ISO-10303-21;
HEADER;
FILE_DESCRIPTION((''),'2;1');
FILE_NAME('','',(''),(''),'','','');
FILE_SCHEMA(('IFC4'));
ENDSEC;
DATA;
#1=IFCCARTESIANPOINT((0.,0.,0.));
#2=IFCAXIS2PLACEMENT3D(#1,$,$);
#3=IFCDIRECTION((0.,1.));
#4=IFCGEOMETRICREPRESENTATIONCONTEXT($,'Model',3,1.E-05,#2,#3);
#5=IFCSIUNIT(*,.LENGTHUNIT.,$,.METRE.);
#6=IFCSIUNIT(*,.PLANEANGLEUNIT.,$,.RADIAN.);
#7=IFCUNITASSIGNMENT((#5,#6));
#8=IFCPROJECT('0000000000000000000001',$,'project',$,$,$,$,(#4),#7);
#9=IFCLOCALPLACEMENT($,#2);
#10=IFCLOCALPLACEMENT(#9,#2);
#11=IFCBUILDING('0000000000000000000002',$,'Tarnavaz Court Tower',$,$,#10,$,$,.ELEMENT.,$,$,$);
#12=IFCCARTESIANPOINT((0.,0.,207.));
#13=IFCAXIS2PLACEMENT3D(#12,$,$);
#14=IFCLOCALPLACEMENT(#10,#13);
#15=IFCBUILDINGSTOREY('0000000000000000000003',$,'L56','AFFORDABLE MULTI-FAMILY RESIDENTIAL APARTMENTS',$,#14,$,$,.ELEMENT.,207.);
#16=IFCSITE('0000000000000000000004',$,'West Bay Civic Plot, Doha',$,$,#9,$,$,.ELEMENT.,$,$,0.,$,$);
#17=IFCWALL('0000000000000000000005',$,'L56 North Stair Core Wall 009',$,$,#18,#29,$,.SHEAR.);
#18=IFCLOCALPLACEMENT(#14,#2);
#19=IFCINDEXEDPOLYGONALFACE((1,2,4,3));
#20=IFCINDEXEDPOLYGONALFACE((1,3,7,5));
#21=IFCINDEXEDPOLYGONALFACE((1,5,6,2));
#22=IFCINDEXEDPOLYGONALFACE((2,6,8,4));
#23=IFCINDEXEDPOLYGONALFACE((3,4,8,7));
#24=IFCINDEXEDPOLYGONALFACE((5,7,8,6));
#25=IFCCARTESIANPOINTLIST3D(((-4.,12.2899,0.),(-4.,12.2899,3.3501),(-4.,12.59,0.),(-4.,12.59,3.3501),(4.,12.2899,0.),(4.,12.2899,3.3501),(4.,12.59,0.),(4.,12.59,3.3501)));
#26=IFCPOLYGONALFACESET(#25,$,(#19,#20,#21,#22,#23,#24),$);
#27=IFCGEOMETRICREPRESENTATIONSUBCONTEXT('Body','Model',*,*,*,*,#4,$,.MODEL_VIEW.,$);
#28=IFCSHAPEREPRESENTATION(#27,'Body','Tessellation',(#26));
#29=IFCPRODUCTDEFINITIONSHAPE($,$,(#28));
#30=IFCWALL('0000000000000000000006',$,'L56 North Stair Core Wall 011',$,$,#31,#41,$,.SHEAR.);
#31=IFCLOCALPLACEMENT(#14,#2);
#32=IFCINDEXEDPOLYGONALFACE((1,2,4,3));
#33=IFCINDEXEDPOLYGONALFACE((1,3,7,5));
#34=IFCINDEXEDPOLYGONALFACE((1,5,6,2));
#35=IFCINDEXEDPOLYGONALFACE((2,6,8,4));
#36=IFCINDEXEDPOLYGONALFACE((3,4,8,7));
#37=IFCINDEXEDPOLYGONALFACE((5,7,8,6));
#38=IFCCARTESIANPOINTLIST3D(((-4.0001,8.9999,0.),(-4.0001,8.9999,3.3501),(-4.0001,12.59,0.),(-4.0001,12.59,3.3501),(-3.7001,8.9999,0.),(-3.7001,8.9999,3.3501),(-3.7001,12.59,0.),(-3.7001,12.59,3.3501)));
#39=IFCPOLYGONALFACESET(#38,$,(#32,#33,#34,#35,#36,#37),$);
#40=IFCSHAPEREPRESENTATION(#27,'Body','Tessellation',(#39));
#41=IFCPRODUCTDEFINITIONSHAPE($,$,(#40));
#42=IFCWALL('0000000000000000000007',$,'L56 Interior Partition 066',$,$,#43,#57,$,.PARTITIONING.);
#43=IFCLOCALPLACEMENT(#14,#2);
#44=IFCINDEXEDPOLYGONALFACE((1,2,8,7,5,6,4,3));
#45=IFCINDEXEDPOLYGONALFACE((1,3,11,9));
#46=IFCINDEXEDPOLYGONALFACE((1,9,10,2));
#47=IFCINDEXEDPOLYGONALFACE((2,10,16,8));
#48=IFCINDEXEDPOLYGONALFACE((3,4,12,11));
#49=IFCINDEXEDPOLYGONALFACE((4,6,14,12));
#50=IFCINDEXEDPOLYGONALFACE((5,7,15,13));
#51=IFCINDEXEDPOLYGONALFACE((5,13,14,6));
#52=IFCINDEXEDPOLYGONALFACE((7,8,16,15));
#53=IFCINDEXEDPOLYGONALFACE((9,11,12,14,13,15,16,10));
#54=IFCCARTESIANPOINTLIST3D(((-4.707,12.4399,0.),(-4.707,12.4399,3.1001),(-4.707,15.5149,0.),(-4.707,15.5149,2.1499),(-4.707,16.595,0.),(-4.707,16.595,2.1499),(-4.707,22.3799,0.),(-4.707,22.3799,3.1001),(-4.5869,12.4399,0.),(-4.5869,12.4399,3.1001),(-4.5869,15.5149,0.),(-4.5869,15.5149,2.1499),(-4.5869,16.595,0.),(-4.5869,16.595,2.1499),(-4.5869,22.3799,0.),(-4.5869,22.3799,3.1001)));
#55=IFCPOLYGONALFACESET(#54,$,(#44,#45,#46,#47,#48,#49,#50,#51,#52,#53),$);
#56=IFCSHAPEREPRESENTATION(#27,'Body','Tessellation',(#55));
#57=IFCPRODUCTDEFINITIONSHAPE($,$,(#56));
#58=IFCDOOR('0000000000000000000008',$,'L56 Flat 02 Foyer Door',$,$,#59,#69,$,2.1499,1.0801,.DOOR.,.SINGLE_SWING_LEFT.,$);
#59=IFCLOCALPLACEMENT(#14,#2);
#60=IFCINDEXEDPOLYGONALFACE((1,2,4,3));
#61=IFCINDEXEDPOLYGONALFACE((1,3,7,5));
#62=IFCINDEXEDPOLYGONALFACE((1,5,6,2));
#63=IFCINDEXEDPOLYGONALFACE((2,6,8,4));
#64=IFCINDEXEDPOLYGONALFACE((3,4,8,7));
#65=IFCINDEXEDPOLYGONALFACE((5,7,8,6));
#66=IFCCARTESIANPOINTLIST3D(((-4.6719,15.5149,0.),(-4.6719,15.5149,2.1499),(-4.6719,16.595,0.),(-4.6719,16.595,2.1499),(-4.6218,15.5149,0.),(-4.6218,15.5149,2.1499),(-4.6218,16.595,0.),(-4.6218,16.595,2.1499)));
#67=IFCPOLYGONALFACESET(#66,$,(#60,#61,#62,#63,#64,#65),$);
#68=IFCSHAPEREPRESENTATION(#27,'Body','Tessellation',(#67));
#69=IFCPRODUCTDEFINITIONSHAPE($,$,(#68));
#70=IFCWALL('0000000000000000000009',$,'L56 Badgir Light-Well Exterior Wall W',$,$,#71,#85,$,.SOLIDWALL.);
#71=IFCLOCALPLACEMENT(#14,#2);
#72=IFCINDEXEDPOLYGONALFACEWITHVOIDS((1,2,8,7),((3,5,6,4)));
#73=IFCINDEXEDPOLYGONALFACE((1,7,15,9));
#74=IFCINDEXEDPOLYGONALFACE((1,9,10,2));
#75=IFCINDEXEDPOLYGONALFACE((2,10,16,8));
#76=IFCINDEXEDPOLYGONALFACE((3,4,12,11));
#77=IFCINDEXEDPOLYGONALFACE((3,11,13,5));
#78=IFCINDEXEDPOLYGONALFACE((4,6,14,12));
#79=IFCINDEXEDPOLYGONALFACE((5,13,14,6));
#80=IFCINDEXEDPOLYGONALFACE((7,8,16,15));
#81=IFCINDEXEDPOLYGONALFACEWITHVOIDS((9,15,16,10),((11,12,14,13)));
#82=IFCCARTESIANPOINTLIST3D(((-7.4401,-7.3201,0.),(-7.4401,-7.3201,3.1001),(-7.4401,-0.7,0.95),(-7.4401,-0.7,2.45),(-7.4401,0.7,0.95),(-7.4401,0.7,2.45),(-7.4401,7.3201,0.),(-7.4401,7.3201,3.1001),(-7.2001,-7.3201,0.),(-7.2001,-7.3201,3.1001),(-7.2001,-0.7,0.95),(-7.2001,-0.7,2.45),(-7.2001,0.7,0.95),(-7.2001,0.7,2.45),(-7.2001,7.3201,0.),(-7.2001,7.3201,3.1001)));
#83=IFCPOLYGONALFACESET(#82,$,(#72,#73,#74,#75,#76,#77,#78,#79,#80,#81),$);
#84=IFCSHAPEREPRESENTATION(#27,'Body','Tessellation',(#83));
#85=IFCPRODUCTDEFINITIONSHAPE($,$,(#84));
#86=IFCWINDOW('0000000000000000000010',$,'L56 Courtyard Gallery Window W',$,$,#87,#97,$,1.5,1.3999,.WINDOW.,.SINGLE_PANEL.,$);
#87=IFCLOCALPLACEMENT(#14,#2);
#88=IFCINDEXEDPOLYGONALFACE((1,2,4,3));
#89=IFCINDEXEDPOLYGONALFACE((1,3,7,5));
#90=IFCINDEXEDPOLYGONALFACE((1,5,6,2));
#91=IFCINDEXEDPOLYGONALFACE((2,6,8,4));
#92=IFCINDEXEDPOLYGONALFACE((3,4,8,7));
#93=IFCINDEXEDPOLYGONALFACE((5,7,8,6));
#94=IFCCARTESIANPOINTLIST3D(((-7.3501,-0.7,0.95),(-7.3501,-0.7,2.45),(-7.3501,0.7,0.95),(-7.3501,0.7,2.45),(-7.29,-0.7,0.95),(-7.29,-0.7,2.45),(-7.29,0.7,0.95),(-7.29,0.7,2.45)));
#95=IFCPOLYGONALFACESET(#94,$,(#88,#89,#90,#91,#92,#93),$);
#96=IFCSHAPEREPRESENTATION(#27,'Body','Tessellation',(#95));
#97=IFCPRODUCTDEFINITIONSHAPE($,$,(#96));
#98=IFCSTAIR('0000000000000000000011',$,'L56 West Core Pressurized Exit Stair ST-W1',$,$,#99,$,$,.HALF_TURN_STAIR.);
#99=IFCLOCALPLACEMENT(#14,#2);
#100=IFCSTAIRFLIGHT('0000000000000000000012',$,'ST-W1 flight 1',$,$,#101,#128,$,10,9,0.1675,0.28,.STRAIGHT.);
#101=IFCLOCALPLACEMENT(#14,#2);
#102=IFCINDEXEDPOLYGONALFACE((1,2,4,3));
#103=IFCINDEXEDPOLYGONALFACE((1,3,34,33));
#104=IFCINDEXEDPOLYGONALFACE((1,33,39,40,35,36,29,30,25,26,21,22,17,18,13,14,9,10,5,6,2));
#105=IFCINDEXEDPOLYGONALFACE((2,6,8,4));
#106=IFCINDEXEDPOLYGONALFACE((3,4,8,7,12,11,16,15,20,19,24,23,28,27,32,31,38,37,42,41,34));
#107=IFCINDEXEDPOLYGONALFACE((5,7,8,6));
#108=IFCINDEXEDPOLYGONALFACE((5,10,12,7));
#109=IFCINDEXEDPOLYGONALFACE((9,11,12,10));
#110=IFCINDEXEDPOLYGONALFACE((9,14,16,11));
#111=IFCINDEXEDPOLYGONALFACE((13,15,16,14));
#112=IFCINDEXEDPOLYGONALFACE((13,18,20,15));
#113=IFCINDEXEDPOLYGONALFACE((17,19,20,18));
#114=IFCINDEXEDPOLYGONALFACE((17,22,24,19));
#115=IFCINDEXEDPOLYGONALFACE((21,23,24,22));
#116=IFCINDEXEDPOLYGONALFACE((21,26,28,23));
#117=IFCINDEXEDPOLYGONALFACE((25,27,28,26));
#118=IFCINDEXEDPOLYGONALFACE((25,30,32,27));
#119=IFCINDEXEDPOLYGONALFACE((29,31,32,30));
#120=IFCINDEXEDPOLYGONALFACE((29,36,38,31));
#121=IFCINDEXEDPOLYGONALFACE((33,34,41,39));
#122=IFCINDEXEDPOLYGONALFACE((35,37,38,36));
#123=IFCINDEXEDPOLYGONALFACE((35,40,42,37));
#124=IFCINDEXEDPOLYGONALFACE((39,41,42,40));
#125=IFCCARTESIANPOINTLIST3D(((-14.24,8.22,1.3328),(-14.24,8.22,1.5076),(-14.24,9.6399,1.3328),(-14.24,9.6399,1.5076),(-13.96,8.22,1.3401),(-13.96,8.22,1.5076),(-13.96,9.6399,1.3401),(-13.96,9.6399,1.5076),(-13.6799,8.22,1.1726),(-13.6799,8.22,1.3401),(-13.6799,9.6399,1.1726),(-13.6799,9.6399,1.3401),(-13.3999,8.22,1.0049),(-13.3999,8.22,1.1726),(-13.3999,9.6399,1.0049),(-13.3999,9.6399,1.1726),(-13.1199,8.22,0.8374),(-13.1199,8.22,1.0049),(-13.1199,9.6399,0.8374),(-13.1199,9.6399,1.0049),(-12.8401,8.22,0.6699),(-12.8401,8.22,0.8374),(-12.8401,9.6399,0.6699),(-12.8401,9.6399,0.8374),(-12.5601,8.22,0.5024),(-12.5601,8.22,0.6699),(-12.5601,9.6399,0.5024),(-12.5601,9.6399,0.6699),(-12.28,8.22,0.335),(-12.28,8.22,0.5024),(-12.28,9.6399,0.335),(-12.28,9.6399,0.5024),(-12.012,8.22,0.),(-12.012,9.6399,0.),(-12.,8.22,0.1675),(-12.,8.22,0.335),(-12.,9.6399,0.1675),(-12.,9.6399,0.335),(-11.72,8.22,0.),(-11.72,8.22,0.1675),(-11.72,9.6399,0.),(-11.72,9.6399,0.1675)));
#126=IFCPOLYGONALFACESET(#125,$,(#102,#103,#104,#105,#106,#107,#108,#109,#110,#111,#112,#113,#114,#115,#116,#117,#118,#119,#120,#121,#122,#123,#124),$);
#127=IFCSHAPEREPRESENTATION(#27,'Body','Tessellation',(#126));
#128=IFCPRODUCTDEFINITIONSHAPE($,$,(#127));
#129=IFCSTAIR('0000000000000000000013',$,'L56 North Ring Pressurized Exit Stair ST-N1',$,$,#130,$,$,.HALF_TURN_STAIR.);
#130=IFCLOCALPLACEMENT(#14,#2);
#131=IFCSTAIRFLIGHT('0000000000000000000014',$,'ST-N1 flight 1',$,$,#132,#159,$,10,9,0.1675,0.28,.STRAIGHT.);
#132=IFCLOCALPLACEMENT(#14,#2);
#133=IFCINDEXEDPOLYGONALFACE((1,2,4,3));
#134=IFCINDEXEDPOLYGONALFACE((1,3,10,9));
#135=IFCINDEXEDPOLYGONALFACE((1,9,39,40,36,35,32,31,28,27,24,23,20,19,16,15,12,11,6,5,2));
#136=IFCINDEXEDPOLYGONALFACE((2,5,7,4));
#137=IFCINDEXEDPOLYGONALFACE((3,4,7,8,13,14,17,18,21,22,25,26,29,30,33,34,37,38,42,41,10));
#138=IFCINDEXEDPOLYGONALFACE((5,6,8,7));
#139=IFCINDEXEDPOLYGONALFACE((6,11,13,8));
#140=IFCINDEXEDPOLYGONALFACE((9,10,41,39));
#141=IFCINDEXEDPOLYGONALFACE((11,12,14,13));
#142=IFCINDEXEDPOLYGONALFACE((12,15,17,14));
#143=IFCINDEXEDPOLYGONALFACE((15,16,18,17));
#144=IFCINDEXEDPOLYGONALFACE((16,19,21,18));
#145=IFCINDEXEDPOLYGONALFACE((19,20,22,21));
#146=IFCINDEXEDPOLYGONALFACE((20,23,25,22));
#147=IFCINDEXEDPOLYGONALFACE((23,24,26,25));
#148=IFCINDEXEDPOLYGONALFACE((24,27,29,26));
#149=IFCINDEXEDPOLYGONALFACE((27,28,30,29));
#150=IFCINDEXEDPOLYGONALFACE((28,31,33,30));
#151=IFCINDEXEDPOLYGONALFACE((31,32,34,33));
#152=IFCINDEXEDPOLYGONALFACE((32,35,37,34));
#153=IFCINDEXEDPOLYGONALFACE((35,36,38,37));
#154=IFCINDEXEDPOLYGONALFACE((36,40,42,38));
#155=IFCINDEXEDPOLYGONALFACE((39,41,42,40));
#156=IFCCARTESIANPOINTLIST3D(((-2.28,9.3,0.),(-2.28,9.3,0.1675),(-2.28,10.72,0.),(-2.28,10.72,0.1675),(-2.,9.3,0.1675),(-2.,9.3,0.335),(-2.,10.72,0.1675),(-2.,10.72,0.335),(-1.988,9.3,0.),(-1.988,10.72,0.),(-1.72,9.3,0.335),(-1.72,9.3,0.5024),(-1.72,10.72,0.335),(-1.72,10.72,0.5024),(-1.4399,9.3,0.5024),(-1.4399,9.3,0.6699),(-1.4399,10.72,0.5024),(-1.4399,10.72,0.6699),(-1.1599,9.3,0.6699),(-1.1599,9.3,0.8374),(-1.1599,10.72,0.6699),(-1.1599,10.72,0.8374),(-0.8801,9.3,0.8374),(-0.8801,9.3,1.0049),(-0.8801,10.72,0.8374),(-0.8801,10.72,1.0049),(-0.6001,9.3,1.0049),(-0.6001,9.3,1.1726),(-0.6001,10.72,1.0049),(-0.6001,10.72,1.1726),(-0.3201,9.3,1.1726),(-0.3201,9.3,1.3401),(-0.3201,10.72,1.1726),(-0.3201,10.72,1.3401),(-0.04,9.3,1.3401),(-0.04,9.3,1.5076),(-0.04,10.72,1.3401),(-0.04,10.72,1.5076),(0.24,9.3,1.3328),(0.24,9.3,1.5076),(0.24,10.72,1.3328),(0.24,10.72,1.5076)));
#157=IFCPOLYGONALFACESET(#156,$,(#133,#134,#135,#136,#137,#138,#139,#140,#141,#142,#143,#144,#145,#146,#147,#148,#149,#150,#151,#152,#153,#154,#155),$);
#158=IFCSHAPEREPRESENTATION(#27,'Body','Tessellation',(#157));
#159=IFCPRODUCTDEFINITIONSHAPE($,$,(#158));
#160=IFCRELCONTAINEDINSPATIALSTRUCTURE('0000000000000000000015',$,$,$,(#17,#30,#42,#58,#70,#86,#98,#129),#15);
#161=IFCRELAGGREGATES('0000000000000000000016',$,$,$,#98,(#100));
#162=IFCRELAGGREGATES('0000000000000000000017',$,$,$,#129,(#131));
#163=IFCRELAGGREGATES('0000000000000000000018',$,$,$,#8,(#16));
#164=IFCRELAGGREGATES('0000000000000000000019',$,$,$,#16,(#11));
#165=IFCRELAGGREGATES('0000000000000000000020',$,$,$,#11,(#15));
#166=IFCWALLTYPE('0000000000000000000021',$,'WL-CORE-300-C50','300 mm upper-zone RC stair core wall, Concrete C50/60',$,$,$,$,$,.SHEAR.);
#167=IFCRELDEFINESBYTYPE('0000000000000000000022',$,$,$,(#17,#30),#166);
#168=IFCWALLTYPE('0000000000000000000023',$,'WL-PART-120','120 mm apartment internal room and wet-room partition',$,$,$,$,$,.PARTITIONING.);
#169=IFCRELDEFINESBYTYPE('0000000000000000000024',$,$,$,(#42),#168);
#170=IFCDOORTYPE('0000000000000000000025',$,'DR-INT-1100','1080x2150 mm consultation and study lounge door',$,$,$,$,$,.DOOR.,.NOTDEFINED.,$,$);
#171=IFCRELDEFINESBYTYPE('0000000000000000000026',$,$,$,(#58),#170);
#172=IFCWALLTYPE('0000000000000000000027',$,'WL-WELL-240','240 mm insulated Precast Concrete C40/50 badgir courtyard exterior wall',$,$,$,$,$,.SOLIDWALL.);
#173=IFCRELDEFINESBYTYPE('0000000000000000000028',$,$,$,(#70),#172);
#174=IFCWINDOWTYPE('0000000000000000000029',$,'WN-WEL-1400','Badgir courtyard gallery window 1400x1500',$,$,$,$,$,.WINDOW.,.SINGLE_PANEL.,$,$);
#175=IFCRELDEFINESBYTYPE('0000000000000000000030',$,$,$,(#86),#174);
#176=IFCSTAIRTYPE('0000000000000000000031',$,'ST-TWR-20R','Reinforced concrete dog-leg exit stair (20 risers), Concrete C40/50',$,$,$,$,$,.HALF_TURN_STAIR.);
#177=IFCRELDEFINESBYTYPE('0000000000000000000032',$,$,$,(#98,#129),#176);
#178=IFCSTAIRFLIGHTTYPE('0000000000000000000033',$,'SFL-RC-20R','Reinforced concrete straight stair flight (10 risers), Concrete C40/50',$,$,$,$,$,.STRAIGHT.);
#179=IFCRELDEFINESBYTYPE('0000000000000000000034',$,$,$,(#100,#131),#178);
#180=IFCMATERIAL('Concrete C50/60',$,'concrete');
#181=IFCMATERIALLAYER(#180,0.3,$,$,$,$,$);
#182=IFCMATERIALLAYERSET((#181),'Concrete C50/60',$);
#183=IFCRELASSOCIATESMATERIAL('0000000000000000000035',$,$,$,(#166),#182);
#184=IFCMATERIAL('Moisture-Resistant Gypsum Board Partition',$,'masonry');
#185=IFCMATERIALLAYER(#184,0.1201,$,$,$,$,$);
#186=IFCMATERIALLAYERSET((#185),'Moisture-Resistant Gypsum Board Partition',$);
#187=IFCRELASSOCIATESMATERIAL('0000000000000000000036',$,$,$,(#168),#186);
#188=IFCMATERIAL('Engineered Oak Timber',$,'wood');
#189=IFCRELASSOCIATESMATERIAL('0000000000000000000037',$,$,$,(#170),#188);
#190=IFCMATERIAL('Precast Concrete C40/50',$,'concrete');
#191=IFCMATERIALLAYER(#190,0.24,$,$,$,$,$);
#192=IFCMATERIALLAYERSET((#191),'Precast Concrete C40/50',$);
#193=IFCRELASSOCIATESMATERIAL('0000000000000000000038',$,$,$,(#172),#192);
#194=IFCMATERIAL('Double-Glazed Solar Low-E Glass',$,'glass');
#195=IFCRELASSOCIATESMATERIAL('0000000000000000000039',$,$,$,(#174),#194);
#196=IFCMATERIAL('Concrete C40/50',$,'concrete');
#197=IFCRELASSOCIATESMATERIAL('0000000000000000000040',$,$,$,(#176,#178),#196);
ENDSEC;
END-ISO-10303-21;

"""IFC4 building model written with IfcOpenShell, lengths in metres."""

from ifc_helpers import new_model, si_unit, direction, frame, frame_2d, origin, place, context, subcontext, project, spatial, polyline, rectangle, outline, extrude, material, layer, layer_set, type_object, element, fill, aggregate, save


model = new_model("IFC4")

# Units and contexts
model_context = context("Model", 3, precision=1e-05, world=origin(), true_north=direction((0.0, 1.0)))
body_context = subcontext(model_context, "Body", "Model", "MODEL_VIEW")
ifc_project = project(units=[si_unit("LENGTHUNIT", "METRE"), si_unit("PLANEANGLEUNIT", "RADIAN")], contexts=[model_context])

# Site, building, storey
site_placement = place(None, origin())
site = spatial("IfcSite", under=ifc_project, at=site_placement, Name="West Bay Civic Plot, Doha", CompositionType="ELEMENT", RefElevation=0.0)
building_placement = place(site_placement, origin())
building = spatial("IfcBuilding", under=site, at=building_placement, Name="Tarnavaz Court Tower", CompositionType="ELEMENT")
storey_placement = place(building_placement, frame((0.0, 0.0, 207.0)))
storey = spatial("IfcBuildingStorey", under=building, at=storey_placement, Name="L56", Description="AFFORDABLE MULTI-FAMILY RESIDENTIAL APARTMENTS", CompositionType="ELEMENT", Elevation=207.0)

# Shared definitions
ifc_material_1 = material(Name="Concrete C50/60", Category="concrete")

# Wall
ifc_layer_1 = layer(ifc_material_1, 0.3)
ifc_layer_set_1 = layer_set([ifc_layer_1], Name="Concrete C50/60")
wall_type_1 = type_object("IfcWallType", Name="WL-CORE-300-C50", Description="300 mm upper-zone RC stair core wall, Concrete C50/60", PredefinedType="SHEAR", material=ifc_layer_set_1)
wall_1_placement = place(storey_placement, frame((-4.0, 12.4399, 0.0), z_axis=(0.0, 0.0, 1.0), x_axis=(1.0, 0.0, 0.0)))
element("IfcWall", 1, at=wall_1_placement, inside=storey, type_object=wall_type_1, Name="L56 North Stair Core Wall 009", PredefinedType="SHEAR", context=body_context, shape_type="SweptSolid", body=[
    extrude(rectangle(XDim=8.0, YDim=0.3, at=frame_2d((4.0, 0.0))), origin(), (0.0, 0.0, 1.0), 3.3501),
])

# Wall
wall_2_placement = place(storey_placement, frame((-3.8501, 9.0, 0.0), z_axis=(0.0, 0.0, 1.0), x_axis=(0.0, 1.0, 0.0)))
element("IfcWall", 2, at=wall_2_placement, inside=storey, type_object=wall_type_1, Name="L56 North Stair Core Wall 011", PredefinedType="SHEAR", context=body_context, shape_type="SweptSolid", body=[
    extrude(rectangle(XDim=3.5901, YDim=0.3, at=frame_2d((1.7949, 0.0))), origin(), (0.0, 0.0, 1.0), 3.3501),
])

# Wall, opening, door
ifc_material_2 = material(Name="Moisture-Resistant Gypsum Board Partition", Category="masonry")
ifc_layer_2 = layer(ifc_material_2, 0.1201)
ifc_layer_set_2 = layer_set([ifc_layer_2], Name="Moisture-Resistant Gypsum Board Partition")
wall_type_2 = type_object("IfcWallType", Name="WL-PART-120", Description="120 mm apartment internal room and wet-room partition", PredefinedType="PARTITIONING", material=ifc_layer_set_2)
wall_3_placement = place(storey_placement, frame((-4.647, 12.4399, 0.0), z_axis=(0.0, 0.0, 1.0), x_axis=(0.0, 1.0, 0.0)))
wall_3 = element("IfcWall", 3, at=wall_3_placement, inside=storey, type_object=wall_type_2, Name="L56 Interior Partition 066", PredefinedType="PARTITIONING", context=body_context, shape_type="SweptSolid", body=[
    extrude(rectangle(XDim=9.9399, YDim=0.1201, at=frame_2d((4.97, 0.0))), origin(), (0.0, 0.0, 1.0), 3.1001),
])
opening_1_placement = place(wall_3_placement, frame((3.075, 0.0, 0.0)))
opening_1 = element("IfcOpeningElement", 4, at=opening_1_placement, cuts=wall_3, PredefinedType="OPENING", context=body_context, shape_type="SweptSolid", body=[
    extrude(rectangle(XDim=1.0801, YDim=2.1499, at=frame_2d((0.54, 1.075))), frame((0.0, 0.0701, 0.0), z_axis=(0.0, -1.0, 0.0), x_axis=(1.0, 0.0, 0.0)), (0.0, 0.0, 1.0), 0.1401),
])
ifc_material_3 = material(Name="Engineered Oak Timber", Category="wood")
door_type_1 = type_object("IfcDoorType", Name="DR-INT-1100", Description="1080x2150 mm consultation and study lounge door", OperationType="NOTDEFINED", PredefinedType="DOOR", material=ifc_material_3)
door_1_placement = place(opening_1_placement, origin())
door_1 = element("IfcDoor", 5, at=door_1_placement, inside=storey, type_object=door_type_1, Name="L56 Flat 02 Foyer Door", OperationType="SINGLE_SWING_LEFT", OverallHeight=2.1499, OverallWidth=1.0801, PredefinedType="DOOR", context=body_context, shape_type="SweptSolid", body=[
    extrude(rectangle(XDim=1.0801, YDim=2.1499, at=frame_2d((0.54, 1.075))), frame((0.0, 0.0249, 0.0), z_axis=(0.0, -1.0, 0.0), x_axis=(1.0, 0.0, 0.0)), (0.0, 0.0, 1.0), 0.05),
])
fill(opening_1, door_1)

# Wall, opening, window
ifc_material_4 = material(Name="Precast Concrete C40/50", Category="concrete")
ifc_layer_3 = layer(ifc_material_4, 0.24)
ifc_layer_set_3 = layer_set([ifc_layer_3], Name="Precast Concrete C40/50")
wall_type_3 = type_object("IfcWallType", Name="WL-WELL-240", Description="240 mm insulated Precast Concrete C40/50 badgir courtyard exterior wall", PredefinedType="SOLIDWALL", material=ifc_layer_set_3)
wall_4_placement = place(storey_placement, frame((-7.3201, 7.3201, 0.0), z_axis=(0.0, 0.0, 1.0), x_axis=(0.0, -1.0, 0.0)))
wall_4 = element("IfcWall", 6, at=wall_4_placement, inside=storey, type_object=wall_type_3, Name="L56 Badgir Light-Well Exterior Wall W", PredefinedType="SOLIDWALL", context=body_context, shape_type="SweptSolid", body=[
    extrude(rectangle(XDim=14.6401, YDim=0.24, at=frame_2d((7.3201, 0.0))), origin(), (0.0, 0.0, 1.0), 3.1001),
])
opening_2_placement = place(wall_4_placement, frame((6.6201, 0.0, 0.95)))
opening_2 = element("IfcOpeningElement", 7, at=opening_2_placement, cuts=wall_4, PredefinedType="OPENING", context=body_context, shape_type="SweptSolid", body=[
    extrude(rectangle(XDim=1.3999, YDim=1.5, at=frame_2d((0.7, 0.75))), frame((0.0, 0.1299, 0.0), z_axis=(0.0, -1.0, 0.0), x_axis=(1.0, 0.0, 0.0)), (0.0, 0.0, 1.0), 0.26),
])
ifc_material_5 = material(Name="Double-Glazed Solar Low-E Glass", Category="glass")
window_type = type_object("IfcWindowType", Name="WN-WEL-1400", Description="Badgir courtyard gallery window 1400x1500", PartitioningType="SINGLE_PANEL", PredefinedType="WINDOW", material=ifc_material_5)
window_placement = place(opening_2_placement, origin())
window = element("IfcWindow", 8, at=window_placement, inside=storey, type_object=window_type, Name="L56 Courtyard Gallery Window W", OverallHeight=1.5, OverallWidth=1.3999, PartitioningType="SINGLE_PANEL", PredefinedType="WINDOW", context=body_context, shape_type="SweptSolid", body=[
    extrude(rectangle(XDim=1.3999, YDim=1.5, at=frame_2d((0.7, 0.75))), frame((0.0, 0.03, 0.0), z_axis=(0.0, -1.0, 0.0), x_axis=(1.0, 0.0, 0.0)), (0.0, 0.0, 1.0), 0.0601),
])
fill(opening_2, window)

# Stairs, stair flights
ifc_material_6 = material(Name="Concrete C40/50", Category="concrete")
stair_type = type_object("IfcStairType", Name="ST-TWR-20R", Description="Reinforced concrete dog-leg exit stair (20 risers), Concrete C40/50", PredefinedType="HALF_TURN_STAIR", material=ifc_material_6)
stair_1_placement = place(storey_placement, origin())
stair_1 = element("IfcStair", 9, at=stair_1_placement, inside=storey, type_object=stair_type, Name="L56 West Core Pressurized Exit Stair ST-W1", PredefinedType="HALF_TURN_STAIR")
stair_flight_type = type_object("IfcStairFlightType", Name="SFL-RC-20R", Description="Reinforced concrete straight stair flight (10 risers), Concrete C40/50", PredefinedType="STRAIGHT", material=ifc_material_6)
stair_flight_1_placement = place(storey_placement, frame((-11.72, 8.9299, 0.0), z_axis=(0.0, 0.0, 1.0), x_axis=(-1.0, 0.0, 0.0)))
stair_flight_1 = element("IfcStairFlight", 10, at=stair_flight_1_placement, type_object=stair_flight_type, Name="ST-W1 flight 1", NumberOfRisers=10, NumberOfTreads=9, PredefinedType="STRAIGHT", RiserHeight=0.1675, TreadLength=0.28, context=body_context, shape_type="SweptSolid", body=[
    extrude(outline(polyline([(0.0, 0.0), (0.0, 0.1675), (0.28, 0.1675), (0.28, 0.335), (0.5601, 0.335), (0.5601, 0.5024), (0.8401, 0.5024), (0.8401, 0.6699), (1.1201, 0.6699), (1.1201, 0.8374), (1.3999, 0.8374), (1.3999, 1.0049), (1.6799, 1.0049), (1.6799, 1.1726), (1.96, 1.1726), (1.96, 1.3401), (2.24, 1.3401), (2.24, 1.5076), (2.52, 1.5076), (2.52, 1.675), (2.52, 1.3328), (0.292, 0.0), (0.0, 0.0)])), frame((0.0, 0.71, 0.0), z_axis=(0.0, -1.0, 0.0), x_axis=(1.0, 0.0, 0.0)), (0.0, 0.0, 1.0), 1.4199),
])
aggregate(stair_1, [stair_flight_1])
stair_2_placement = place(storey_placement, origin())
stair_2 = element("IfcStair", 11, at=stair_2_placement, inside=storey, type_object=stair_type, Name="L56 North Ring Pressurized Exit Stair ST-N1", PredefinedType="HALF_TURN_STAIR")
stair_flight_2_placement = place(storey_placement, frame((-2.28, 10.01, 0.0), z_axis=(0.0, 0.0, 1.0), x_axis=(1.0, 0.0, 0.0)))
stair_flight_2 = element("IfcStairFlight", 12, at=stair_flight_2_placement, type_object=stair_flight_type, Name="ST-N1 flight 1", NumberOfRisers=10, NumberOfTreads=9, PredefinedType="STRAIGHT", RiserHeight=0.1675, TreadLength=0.28, context=body_context, shape_type="SweptSolid", body=[
    extrude(outline(polyline([(0.0, 0.0), (0.0, 0.1675), (0.28, 0.1675), (0.28, 0.335), (0.5601, 0.335), (0.5601, 0.5024), (0.8401, 0.5024), (0.8401, 0.6699), (1.1201, 0.6699), (1.1201, 0.8374), (1.3999, 0.8374), (1.3999, 1.0049), (1.6799, 1.0049), (1.6799, 1.1726), (1.96, 1.1726), (1.96, 1.3401), (2.24, 1.3401), (2.24, 1.5076), (2.52, 1.5076), (2.52, 1.675), (2.52, 1.3328), (0.292, 0.0), (0.0, 0.0)])), frame((0.0, 0.71, 0.0), z_axis=(0.0, -1.0, 0.0), x_axis=(1.0, 0.0, 0.0)), (0.0, 0.0, 1.0), 1.4199),
])
aggregate(stair_2, [stair_flight_2])

save(model, "model.ifc")
